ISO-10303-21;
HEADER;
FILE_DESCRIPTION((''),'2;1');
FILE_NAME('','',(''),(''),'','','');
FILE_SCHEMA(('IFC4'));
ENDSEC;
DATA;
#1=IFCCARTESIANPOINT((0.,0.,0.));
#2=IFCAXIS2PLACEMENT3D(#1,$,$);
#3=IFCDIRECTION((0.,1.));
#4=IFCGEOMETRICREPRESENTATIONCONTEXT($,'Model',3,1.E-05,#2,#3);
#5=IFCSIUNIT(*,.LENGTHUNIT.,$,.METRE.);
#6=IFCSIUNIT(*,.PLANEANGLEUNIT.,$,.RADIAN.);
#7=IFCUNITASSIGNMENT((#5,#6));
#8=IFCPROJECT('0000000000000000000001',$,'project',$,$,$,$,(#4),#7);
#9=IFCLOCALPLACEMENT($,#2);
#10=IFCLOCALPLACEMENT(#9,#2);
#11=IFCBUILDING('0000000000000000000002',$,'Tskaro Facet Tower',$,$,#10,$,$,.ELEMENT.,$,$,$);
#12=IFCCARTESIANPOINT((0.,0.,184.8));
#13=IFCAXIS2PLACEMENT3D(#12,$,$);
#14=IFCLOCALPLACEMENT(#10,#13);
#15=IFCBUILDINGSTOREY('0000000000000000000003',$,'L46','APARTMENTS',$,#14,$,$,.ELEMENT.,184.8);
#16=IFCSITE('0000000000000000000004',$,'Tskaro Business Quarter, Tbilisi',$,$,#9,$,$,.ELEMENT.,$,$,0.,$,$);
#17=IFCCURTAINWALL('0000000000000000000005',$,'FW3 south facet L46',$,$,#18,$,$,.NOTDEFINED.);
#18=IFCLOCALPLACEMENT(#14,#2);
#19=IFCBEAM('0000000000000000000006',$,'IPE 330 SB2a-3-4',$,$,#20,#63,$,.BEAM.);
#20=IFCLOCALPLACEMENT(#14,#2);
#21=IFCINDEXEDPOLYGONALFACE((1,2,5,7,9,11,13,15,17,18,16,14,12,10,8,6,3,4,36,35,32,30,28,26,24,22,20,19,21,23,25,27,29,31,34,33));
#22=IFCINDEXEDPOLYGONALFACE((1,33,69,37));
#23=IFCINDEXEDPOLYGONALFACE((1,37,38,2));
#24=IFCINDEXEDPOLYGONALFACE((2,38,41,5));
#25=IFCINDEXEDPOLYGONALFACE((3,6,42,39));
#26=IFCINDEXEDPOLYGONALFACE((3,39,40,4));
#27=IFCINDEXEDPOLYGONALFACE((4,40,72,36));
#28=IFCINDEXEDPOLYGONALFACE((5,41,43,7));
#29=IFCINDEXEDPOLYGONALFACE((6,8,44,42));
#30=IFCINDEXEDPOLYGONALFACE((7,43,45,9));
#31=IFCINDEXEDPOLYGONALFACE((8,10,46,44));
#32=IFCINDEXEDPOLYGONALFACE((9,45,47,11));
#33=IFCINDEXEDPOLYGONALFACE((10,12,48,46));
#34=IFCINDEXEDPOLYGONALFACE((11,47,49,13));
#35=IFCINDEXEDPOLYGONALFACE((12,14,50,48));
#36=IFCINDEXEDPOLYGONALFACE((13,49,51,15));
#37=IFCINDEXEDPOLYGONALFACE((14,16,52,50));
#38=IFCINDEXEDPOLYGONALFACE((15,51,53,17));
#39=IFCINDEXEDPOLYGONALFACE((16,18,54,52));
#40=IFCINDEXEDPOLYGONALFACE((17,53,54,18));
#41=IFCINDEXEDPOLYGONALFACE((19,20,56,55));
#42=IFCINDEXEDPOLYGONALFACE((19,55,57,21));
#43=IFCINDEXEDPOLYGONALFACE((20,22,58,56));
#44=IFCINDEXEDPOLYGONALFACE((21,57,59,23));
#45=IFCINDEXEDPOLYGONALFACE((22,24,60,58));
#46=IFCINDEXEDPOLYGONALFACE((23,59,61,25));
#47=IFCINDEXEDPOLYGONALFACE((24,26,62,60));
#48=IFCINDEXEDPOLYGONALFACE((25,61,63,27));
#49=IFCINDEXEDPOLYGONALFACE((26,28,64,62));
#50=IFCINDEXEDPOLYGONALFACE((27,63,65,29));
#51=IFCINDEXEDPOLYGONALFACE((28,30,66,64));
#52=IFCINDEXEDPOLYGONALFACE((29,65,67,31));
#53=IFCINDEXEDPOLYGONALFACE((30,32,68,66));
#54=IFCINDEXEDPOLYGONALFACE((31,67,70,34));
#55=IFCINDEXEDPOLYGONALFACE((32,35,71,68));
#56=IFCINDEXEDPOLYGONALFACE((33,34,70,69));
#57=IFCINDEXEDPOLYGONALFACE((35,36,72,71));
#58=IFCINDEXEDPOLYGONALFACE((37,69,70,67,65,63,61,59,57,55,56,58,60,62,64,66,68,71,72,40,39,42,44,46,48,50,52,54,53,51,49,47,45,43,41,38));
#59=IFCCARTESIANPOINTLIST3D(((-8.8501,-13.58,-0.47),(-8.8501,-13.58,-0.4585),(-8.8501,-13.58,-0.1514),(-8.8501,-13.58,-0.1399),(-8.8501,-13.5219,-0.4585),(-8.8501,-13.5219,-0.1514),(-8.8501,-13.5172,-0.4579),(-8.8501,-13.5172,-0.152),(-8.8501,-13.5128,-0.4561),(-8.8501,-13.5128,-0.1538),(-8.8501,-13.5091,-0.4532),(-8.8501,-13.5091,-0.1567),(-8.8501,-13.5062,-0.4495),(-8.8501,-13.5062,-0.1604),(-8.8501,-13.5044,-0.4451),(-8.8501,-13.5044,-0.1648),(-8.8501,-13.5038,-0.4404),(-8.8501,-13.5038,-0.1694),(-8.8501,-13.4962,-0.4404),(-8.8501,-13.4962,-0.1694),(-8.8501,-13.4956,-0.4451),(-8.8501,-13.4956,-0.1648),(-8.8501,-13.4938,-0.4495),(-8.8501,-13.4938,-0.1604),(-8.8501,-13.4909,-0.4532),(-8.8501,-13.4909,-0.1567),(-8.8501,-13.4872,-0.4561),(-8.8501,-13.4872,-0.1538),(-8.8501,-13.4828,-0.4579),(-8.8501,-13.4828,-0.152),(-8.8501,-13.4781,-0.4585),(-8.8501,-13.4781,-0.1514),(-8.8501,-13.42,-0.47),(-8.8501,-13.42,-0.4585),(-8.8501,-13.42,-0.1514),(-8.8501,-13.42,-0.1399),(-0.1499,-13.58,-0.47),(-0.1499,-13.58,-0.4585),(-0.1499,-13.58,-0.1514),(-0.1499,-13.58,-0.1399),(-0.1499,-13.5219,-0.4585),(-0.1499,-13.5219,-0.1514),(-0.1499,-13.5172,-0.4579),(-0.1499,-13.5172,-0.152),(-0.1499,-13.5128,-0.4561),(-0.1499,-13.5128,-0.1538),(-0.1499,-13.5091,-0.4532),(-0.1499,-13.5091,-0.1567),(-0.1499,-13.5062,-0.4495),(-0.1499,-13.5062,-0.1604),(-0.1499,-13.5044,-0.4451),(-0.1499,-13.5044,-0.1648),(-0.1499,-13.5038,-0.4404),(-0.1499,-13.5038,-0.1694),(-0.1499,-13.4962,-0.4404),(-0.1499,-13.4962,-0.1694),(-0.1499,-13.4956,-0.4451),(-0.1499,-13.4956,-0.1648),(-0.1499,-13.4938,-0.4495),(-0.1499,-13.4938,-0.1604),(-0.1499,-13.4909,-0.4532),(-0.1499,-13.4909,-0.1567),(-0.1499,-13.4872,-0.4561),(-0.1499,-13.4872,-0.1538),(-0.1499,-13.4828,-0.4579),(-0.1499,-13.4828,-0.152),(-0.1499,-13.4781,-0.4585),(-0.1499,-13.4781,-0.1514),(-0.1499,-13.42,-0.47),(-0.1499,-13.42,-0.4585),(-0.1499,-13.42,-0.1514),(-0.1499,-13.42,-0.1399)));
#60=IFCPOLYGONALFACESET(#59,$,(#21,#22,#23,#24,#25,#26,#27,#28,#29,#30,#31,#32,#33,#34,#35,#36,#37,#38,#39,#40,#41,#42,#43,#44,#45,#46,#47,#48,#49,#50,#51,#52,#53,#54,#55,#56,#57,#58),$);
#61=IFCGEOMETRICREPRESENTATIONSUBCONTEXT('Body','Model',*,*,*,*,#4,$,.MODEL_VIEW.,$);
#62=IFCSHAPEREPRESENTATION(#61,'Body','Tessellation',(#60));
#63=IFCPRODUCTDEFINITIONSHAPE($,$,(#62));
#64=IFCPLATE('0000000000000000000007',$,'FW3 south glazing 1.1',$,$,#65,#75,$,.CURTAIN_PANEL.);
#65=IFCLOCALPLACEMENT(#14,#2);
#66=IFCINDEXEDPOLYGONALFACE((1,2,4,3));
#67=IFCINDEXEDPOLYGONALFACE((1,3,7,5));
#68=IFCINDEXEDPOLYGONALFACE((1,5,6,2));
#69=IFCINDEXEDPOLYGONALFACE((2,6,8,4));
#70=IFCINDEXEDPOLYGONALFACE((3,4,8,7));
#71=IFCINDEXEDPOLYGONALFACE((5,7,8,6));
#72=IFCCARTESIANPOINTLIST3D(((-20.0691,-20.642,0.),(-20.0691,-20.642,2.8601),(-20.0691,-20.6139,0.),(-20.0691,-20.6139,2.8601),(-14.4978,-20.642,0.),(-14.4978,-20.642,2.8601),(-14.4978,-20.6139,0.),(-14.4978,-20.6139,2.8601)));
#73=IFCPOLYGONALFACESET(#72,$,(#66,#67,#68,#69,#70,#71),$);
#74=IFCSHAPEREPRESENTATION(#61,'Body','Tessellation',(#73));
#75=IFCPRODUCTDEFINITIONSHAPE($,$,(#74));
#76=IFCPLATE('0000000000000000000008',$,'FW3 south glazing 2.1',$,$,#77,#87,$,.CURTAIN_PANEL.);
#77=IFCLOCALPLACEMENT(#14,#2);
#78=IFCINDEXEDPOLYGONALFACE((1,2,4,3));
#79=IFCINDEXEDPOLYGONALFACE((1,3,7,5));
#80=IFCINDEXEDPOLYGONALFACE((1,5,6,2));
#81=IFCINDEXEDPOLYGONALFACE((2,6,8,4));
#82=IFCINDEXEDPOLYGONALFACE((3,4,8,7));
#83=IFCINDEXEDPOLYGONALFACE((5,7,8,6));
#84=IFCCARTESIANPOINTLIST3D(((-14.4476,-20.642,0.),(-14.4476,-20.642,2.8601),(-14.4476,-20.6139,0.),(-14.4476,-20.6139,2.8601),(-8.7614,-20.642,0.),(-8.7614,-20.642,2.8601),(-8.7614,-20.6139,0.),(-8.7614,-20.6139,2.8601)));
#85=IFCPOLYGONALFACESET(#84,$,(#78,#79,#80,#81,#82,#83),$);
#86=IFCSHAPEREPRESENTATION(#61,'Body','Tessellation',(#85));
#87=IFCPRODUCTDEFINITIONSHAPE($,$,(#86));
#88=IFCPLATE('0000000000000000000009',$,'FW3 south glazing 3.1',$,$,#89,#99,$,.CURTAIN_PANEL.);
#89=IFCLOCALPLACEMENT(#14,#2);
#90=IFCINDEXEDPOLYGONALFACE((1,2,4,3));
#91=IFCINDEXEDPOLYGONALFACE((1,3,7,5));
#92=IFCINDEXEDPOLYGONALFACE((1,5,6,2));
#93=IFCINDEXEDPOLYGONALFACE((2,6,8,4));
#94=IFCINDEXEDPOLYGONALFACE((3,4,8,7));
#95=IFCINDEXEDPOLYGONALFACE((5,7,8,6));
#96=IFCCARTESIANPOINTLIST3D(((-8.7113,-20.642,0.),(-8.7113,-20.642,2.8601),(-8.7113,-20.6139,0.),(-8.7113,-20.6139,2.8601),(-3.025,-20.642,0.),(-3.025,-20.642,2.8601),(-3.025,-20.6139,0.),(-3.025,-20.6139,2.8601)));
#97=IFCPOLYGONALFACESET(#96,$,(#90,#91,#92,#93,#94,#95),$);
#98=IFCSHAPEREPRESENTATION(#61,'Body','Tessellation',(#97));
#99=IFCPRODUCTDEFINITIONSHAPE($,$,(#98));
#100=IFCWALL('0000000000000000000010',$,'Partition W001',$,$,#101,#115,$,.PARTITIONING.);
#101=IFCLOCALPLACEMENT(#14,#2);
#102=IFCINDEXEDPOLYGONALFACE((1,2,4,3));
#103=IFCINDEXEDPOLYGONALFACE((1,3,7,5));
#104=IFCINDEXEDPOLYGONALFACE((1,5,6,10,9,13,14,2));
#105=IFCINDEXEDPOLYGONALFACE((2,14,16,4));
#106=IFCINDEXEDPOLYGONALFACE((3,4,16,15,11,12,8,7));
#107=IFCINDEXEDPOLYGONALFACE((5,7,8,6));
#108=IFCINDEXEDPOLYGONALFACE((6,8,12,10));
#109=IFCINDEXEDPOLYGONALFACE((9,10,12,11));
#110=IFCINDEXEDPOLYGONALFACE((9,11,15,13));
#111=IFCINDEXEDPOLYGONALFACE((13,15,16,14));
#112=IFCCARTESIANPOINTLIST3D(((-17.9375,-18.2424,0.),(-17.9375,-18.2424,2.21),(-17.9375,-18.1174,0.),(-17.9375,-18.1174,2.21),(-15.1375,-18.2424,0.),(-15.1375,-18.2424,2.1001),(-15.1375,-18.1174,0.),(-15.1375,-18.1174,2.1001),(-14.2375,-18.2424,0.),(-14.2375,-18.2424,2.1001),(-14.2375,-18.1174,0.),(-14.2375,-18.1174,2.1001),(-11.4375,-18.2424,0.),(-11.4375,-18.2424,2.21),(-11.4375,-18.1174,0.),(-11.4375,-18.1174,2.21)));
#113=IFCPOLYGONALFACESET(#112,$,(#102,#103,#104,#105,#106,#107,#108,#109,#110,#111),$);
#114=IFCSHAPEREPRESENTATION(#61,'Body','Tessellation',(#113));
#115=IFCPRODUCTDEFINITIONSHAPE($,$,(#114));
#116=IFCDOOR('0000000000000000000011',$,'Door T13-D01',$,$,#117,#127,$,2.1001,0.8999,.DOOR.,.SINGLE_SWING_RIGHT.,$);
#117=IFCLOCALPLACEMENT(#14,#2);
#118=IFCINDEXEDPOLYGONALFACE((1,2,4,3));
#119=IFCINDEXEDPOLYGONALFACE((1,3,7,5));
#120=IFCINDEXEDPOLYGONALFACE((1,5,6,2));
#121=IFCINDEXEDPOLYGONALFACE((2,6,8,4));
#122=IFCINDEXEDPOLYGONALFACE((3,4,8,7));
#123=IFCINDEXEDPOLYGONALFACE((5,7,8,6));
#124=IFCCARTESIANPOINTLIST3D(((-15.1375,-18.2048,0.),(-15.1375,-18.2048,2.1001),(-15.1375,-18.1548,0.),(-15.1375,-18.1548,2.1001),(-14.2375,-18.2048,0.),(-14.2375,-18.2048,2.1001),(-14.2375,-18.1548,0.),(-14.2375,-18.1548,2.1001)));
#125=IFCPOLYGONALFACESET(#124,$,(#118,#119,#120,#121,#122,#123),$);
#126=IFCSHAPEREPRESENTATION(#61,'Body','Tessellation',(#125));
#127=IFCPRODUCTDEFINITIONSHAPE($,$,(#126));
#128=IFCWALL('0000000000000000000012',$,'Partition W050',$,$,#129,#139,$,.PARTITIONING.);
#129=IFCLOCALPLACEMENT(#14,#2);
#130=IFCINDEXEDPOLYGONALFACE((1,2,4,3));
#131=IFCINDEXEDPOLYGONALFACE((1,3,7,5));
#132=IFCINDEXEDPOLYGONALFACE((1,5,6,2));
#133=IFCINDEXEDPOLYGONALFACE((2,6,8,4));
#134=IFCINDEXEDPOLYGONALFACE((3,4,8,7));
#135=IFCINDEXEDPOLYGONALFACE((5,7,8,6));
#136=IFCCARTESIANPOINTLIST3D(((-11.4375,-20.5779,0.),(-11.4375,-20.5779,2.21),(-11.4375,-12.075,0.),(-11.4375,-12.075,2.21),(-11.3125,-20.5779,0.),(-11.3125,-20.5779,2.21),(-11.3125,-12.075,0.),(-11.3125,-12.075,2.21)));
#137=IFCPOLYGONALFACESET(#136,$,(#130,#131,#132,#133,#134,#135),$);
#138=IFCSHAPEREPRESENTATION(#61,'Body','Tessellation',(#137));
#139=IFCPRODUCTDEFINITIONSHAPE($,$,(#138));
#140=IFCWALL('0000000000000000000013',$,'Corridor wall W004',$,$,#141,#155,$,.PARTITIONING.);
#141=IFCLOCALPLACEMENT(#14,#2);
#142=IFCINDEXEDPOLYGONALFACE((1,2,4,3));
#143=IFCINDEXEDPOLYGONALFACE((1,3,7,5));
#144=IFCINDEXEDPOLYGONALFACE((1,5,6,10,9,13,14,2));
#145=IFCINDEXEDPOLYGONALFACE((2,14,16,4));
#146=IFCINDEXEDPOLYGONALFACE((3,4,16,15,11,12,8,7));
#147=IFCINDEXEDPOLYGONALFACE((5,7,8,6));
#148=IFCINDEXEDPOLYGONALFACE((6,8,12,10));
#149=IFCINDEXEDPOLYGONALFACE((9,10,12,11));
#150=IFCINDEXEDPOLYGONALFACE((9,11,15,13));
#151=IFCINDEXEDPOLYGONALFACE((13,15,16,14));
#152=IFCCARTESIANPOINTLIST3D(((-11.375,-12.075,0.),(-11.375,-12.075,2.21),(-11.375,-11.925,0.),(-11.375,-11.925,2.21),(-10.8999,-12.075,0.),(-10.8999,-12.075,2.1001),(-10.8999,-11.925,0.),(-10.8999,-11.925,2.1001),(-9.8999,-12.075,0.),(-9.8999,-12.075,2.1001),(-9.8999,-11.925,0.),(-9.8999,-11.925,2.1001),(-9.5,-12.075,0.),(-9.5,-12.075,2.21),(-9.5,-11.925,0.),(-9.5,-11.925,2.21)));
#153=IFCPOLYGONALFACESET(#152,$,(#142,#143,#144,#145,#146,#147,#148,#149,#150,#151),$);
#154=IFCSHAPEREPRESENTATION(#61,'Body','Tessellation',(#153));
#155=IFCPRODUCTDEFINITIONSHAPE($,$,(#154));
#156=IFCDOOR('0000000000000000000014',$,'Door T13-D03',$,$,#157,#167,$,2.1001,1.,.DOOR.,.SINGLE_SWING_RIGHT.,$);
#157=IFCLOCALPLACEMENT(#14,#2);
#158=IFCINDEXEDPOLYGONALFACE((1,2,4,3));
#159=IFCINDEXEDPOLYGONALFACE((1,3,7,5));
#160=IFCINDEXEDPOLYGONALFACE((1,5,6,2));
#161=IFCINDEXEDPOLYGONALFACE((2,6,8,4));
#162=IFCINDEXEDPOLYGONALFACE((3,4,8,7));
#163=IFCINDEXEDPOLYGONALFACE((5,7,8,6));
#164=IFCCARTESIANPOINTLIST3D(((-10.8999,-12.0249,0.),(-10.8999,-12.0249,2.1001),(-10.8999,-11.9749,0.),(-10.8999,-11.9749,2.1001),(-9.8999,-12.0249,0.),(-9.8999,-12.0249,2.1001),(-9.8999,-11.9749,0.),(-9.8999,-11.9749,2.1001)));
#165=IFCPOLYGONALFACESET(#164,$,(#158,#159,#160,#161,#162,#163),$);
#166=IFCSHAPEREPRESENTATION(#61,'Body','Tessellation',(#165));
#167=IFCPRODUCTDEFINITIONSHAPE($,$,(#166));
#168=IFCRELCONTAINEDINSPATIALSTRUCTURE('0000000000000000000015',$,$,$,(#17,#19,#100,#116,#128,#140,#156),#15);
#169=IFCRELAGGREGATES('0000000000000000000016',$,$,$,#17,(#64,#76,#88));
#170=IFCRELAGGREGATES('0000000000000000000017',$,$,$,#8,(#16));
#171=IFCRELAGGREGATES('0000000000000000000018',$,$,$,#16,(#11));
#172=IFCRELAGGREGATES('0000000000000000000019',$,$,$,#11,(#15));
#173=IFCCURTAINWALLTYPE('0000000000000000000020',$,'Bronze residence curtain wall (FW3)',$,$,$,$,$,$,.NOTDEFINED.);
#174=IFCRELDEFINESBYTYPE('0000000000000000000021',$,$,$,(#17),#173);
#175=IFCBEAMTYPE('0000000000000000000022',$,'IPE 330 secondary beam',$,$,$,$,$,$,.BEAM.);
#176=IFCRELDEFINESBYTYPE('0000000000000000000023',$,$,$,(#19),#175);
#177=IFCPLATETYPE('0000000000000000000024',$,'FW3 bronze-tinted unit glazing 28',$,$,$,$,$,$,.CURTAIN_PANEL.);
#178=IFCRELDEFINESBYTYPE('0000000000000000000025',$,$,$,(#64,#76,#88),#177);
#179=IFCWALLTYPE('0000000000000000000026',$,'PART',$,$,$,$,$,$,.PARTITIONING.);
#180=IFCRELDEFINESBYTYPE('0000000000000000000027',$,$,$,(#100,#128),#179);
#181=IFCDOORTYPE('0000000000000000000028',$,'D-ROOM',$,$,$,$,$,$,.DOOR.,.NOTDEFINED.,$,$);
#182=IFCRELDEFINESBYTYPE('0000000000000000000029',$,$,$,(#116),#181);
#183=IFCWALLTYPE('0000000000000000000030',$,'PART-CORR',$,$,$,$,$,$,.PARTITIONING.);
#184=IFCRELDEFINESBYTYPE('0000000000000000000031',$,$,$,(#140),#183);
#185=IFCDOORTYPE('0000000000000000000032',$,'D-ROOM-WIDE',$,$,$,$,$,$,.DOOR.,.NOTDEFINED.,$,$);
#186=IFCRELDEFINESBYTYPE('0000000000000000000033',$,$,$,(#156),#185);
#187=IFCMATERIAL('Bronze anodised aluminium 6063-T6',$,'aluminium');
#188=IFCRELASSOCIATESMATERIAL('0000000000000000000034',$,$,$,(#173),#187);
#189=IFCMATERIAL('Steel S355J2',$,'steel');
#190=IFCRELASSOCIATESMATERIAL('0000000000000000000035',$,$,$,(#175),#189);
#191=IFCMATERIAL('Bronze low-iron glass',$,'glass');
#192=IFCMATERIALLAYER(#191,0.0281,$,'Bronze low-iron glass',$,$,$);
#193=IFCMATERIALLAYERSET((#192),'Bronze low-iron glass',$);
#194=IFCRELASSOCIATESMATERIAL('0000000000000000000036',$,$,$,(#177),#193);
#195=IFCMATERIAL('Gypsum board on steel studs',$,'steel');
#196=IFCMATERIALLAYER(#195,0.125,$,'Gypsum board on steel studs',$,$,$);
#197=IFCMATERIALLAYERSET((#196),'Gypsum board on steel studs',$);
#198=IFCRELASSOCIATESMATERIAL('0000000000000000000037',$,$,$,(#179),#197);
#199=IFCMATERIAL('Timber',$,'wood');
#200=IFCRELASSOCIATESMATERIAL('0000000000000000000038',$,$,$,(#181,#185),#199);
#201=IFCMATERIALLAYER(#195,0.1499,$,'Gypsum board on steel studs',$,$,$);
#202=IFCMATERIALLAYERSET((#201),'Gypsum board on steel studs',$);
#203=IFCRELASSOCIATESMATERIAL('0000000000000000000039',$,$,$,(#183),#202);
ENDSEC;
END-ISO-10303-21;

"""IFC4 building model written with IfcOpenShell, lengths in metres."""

from ifc_helpers import new_model, si_unit, direction, frame, frame_2d, origin, origin_2d, place, context, subcontext, project, spatial, rectangle, i_section, extrude, material, layer, layer_set, material_profile, profile_set, type_object, element, fill, aggregate, save


model = new_model("IFC4")

# Units and contexts
model_context = context("Model", 3, precision=1e-05, world=origin(), true_north=direction((0.0, 1.0)))
body_context = subcontext(model_context, "Body", "Model", "MODEL_VIEW")
ifc_project = project(units=[si_unit("LENGTHUNIT", "METRE"), si_unit("PLANEANGLEUNIT", "RADIAN")], contexts=[model_context])

# Site, building, storey
site_placement = place(None, origin())
site = spatial("IfcSite", under=ifc_project, at=site_placement, Name="Tskaro Business Quarter, Tbilisi", CompositionType="ELEMENT", RefElevation=0.0)
building_placement = place(site_placement, origin())
building = spatial("IfcBuilding", under=site, at=building_placement, Name="Tskaro Facet Tower", CompositionType="ELEMENT")
storey_placement = place(building_placement, frame((0.0, 0.0, 184.8)))
storey = spatial("IfcBuildingStorey", under=building, at=storey_placement, Name="L46", Description="APARTMENTS", CompositionType="ELEMENT", Elevation=184.8)

# Curtain wall
ifc_material_1 = material(Name="Bronze anodised aluminium 6063-T6", Category="aluminium")
curtain_wall_type = type_object("IfcCurtainWallType", Name="Bronze residence curtain wall (FW3)", PredefinedType="NOTDEFINED", material=ifc_material_1)
curtain_wall_placement = place(storey_placement, origin())
curtain_wall = element("IfcCurtainWall", 1, at=curtain_wall_placement, inside=storey, type_object=curtain_wall_type, Name="FW3 south facet L46", PredefinedType="NOTDEFINED")

# Beam
ifc_material_2 = material(Name="Steel S355J2", Category="steel")
ifc_material_profile_1 = material_profile(ifc_material_2, i_section(OverallWidth=0.1599, OverallDepth=0.3301, WebThickness=0.0076, FlangeThickness=0.0115, FilletRadius=0.0181, at=origin_2d()), Name="IPE 330")
ifc_profile_set_1 = profile_set([ifc_material_profile_1], Name="Steel S355J2")
beam_type_1 = type_object("IfcBeamType", Name="IPE 330 secondary beam", PredefinedType="BEAM", material=ifc_profile_set_1)
for number, where, z_axis, x_axis, name in (
    (2, (-8.8501, -13.5, -0.3049), (1.0, 0.0, 0.0), (0.0, 1.0, 0.0), "IPE 330 SB2a-3-4"),
):
    element("IfcBeam", number, at=place(storey_placement, frame(where, z_axis=z_axis, x_axis=x_axis)), inside=storey, type_object=beam_type_1, Name=name, PredefinedType="BEAM", context=body_context, shape_type="SweptSolid", body=[
        extrude(i_section(OverallWidth=0.1599, OverallDepth=0.3301, WebThickness=0.0076, FlangeThickness=0.0115, FilletRadius=0.0181, at=origin_2d()), origin(), (0.0, 0.0, 1.0), 8.7002),
    ])

# Plates
ifc_material_3 = material(Name="Bronze low-iron glass", Category="glass")
ifc_layer_1 = layer(ifc_material_3, 0.0281, Name="Bronze low-iron glass")
ifc_layer_set_1 = layer_set([ifc_layer_1], Name="Bronze low-iron glass")
plate_type = type_object("IfcPlateType", Name="FW3 bronze-tinted unit glazing 28", PredefinedType="CURTAIN_PANEL", material=ifc_layer_set_1)
plate_1_placement = place(storey_placement, frame((-17.2834, -20.6279, 0.0), z_axis=(0.0, 0.0, 1.0), x_axis=(1.0, 0.0, 0.0)))
plate_1 = element("IfcPlate", 3, at=plate_1_placement, type_object=plate_type, Name="FW3 south glazing 1.1", PredefinedType="CURTAIN_PANEL", context=body_context, shape_type="SweptSolid", body=[
    extrude(rectangle(XDim=5.5713, YDim=0.0281, at=origin_2d()), origin(), (0.0, 0.0, 1.0), 2.8601),
])
plate_2_placement = place(storey_placement, frame((-11.6045, -20.6279, 0.0), z_axis=(0.0, 0.0, 1.0), x_axis=(1.0, 0.0, 0.0)))
plate_2 = element("IfcPlate", 4, at=plate_2_placement, type_object=plate_type, Name="FW3 south glazing 2.1", PredefinedType="CURTAIN_PANEL", context=body_context, shape_type="SweptSolid", body=[
    extrude(rectangle(XDim=5.6863, YDim=0.0281, at=origin_2d()), origin(), (0.0, 0.0, 1.0), 2.8601),
])
plate_3_placement = place(storey_placement, frame((-5.8682, -20.6279, 0.0), z_axis=(0.0, 0.0, 1.0), x_axis=(1.0, 0.0, 0.0)))
plate_3 = element("IfcPlate", 5, at=plate_3_placement, type_object=plate_type, Name="FW3 south glazing 3.1", PredefinedType="CURTAIN_PANEL", context=body_context, shape_type="SweptSolid", body=[
    extrude(rectangle(XDim=5.6863, YDim=0.0281, at=origin_2d()), origin(), (0.0, 0.0, 1.0), 2.8601),
])
aggregate(curtain_wall, [plate_1, plate_2, plate_3])

# Wall, opening, door
ifc_material_4 = material(Name="Gypsum board on steel studs", Category="steel")
ifc_layer_2 = layer(ifc_material_4, 0.125, Name="Gypsum board on steel studs")
ifc_layer_set_2 = layer_set([ifc_layer_2], Name="Gypsum board on steel studs")
wall_type_1 = type_object("IfcWallType", Name="PART", PredefinedType="PARTITIONING", material=ifc_layer_set_2)
wall_1_placement = place(storey_placement, frame((-11.4375, -18.1799, 0.0), z_axis=(0.0, 0.0, 1.0), x_axis=(-1.0, 0.0, 0.0)))
wall_1 = element("IfcWall", 6, at=wall_1_placement, inside=storey, type_object=wall_type_1, Name="Partition W001", PredefinedType="PARTITIONING", context=body_context, shape_type="SweptSolid", body=[
    extrude(rectangle(XDim=6.5, YDim=0.125, at=frame_2d((3.25, 0.0))), origin(), (0.0, 0.0, 1.0), 2.21),
])
opening_1_placement = place(wall_1_placement, frame((2.8, 0.0, 0.0)))
opening_1 = element("IfcOpeningElement", 7, at=opening_1_placement, cuts=wall_1, PredefinedType="OPENING", context=body_context, shape_type="SweptSolid", body=[
    extrude(rectangle(XDim=0.8999, YDim=2.1001, at=frame_2d((0.45, 1.05))), frame((0.0, 0.0725, 0.0), z_axis=(0.0, -1.0, 0.0), x_axis=(1.0, 0.0, 0.0)), (0.0, 0.0, 1.0), 0.145),
])
ifc_material_5 = material(Name="Timber", Category="wood")
door_type_1 = type_object("IfcDoorType", Name="D-ROOM", OperationType="NOTDEFINED", PredefinedType="DOOR", material=ifc_material_5)
door_1_placement = place(opening_1_placement, origin())
door_1 = element("IfcDoor", 8, at=door_1_placement, inside=storey, type_object=door_type_1, Name="Door T13-D01", OperationType="SINGLE_SWING_RIGHT", OverallHeight=2.1001, OverallWidth=0.8999, PredefinedType="DOOR", context=body_context, shape_type="SweptSolid", body=[
    extrude(rectangle(XDim=0.8999, YDim=2.1001, at=frame_2d((0.45, 1.05))), frame((0.0, 0.0249, 0.0), z_axis=(0.0, -1.0, 0.0), x_axis=(1.0, 0.0, 0.0)), (0.0, 0.0, 1.0), 0.05),
])
fill(opening_1, door_1)

# Wall
wall_2_placement = place(storey_placement, frame((-11.375, -20.5779, 0.0), z_axis=(0.0, 0.0, 1.0), x_axis=(0.0, 1.0, 0.0)))
element("IfcWall", 9, at=wall_2_placement, inside=storey, type_object=wall_type_1, Name="Partition W050", PredefinedType="PARTITIONING", context=body_context, shape_type="SweptSolid", body=[
    extrude(rectangle(XDim=8.5029, YDim=0.125, at=frame_2d((4.2515, 0.0))), origin(), (0.0, 0.0, 1.0), 2.21),
])

# Wall, opening, door
ifc_layer_3 = layer(ifc_material_4, 0.1499, Name="Gypsum board on steel studs")
ifc_layer_set_3 = layer_set([ifc_layer_3], Name="Gypsum board on steel studs")
wall_type_2 = type_object("IfcWallType", Name="PART-CORR", PredefinedType="PARTITIONING", material=ifc_layer_set_3)
wall_3_placement = place(storey_placement, frame((-9.5, -12.0, 0.0), z_axis=(0.0, 0.0, 1.0), x_axis=(-1.0, 0.0, 0.0)))
wall_3 = element("IfcWall", 10, at=wall_3_placement, inside=storey, type_object=wall_type_2, Name="Corridor wall W004", PredefinedType="PARTITIONING", context=body_context, shape_type="SweptSolid", body=[
    extrude(rectangle(XDim=1.875, YDim=0.1499, at=frame_2d((0.9375, 0.0))), origin(), (0.0, 0.0, 1.0), 2.21),
])
opening_2_placement = place(wall_3_placement, frame((0.3999, 0.0, 0.0)))
opening_2 = element("IfcOpeningElement", 11, at=opening_2_placement, cuts=wall_3, PredefinedType="OPENING", context=body_context, shape_type="SweptSolid", body=[
    extrude(rectangle(XDim=1.0, YDim=2.1001, at=frame_2d((0.5, 1.05))), frame((0.0, 0.085, 0.0), z_axis=(0.0, -1.0, 0.0), x_axis=(1.0, 0.0, 0.0)), (0.0, 0.0, 1.0), 0.1699),
])
door_type_2 = type_object("IfcDoorType", Name="D-ROOM-WIDE", OperationType="NOTDEFINED", PredefinedType="DOOR", material=ifc_material_5)
door_2_placement = place(opening_2_placement, origin())
door_2 = element("IfcDoor", 12, at=door_2_placement, inside=storey, type_object=door_type_2, Name="Door T13-D03", OperationType="SINGLE_SWING_RIGHT", OverallHeight=2.1001, OverallWidth=1.0, PredefinedType="DOOR", context=body_context, shape_type="SweptSolid", body=[
    extrude(rectangle(XDim=1.0, YDim=2.1001, at=frame_2d((0.5, 1.05))), frame((0.0, 0.0249, 0.0), z_axis=(0.0, -1.0, 0.0), x_axis=(1.0, 0.0, 0.0)), (0.0, 0.0, 1.0), 0.05),
])
fill(opening_2, door_2)

save(model, "model.ifc")
